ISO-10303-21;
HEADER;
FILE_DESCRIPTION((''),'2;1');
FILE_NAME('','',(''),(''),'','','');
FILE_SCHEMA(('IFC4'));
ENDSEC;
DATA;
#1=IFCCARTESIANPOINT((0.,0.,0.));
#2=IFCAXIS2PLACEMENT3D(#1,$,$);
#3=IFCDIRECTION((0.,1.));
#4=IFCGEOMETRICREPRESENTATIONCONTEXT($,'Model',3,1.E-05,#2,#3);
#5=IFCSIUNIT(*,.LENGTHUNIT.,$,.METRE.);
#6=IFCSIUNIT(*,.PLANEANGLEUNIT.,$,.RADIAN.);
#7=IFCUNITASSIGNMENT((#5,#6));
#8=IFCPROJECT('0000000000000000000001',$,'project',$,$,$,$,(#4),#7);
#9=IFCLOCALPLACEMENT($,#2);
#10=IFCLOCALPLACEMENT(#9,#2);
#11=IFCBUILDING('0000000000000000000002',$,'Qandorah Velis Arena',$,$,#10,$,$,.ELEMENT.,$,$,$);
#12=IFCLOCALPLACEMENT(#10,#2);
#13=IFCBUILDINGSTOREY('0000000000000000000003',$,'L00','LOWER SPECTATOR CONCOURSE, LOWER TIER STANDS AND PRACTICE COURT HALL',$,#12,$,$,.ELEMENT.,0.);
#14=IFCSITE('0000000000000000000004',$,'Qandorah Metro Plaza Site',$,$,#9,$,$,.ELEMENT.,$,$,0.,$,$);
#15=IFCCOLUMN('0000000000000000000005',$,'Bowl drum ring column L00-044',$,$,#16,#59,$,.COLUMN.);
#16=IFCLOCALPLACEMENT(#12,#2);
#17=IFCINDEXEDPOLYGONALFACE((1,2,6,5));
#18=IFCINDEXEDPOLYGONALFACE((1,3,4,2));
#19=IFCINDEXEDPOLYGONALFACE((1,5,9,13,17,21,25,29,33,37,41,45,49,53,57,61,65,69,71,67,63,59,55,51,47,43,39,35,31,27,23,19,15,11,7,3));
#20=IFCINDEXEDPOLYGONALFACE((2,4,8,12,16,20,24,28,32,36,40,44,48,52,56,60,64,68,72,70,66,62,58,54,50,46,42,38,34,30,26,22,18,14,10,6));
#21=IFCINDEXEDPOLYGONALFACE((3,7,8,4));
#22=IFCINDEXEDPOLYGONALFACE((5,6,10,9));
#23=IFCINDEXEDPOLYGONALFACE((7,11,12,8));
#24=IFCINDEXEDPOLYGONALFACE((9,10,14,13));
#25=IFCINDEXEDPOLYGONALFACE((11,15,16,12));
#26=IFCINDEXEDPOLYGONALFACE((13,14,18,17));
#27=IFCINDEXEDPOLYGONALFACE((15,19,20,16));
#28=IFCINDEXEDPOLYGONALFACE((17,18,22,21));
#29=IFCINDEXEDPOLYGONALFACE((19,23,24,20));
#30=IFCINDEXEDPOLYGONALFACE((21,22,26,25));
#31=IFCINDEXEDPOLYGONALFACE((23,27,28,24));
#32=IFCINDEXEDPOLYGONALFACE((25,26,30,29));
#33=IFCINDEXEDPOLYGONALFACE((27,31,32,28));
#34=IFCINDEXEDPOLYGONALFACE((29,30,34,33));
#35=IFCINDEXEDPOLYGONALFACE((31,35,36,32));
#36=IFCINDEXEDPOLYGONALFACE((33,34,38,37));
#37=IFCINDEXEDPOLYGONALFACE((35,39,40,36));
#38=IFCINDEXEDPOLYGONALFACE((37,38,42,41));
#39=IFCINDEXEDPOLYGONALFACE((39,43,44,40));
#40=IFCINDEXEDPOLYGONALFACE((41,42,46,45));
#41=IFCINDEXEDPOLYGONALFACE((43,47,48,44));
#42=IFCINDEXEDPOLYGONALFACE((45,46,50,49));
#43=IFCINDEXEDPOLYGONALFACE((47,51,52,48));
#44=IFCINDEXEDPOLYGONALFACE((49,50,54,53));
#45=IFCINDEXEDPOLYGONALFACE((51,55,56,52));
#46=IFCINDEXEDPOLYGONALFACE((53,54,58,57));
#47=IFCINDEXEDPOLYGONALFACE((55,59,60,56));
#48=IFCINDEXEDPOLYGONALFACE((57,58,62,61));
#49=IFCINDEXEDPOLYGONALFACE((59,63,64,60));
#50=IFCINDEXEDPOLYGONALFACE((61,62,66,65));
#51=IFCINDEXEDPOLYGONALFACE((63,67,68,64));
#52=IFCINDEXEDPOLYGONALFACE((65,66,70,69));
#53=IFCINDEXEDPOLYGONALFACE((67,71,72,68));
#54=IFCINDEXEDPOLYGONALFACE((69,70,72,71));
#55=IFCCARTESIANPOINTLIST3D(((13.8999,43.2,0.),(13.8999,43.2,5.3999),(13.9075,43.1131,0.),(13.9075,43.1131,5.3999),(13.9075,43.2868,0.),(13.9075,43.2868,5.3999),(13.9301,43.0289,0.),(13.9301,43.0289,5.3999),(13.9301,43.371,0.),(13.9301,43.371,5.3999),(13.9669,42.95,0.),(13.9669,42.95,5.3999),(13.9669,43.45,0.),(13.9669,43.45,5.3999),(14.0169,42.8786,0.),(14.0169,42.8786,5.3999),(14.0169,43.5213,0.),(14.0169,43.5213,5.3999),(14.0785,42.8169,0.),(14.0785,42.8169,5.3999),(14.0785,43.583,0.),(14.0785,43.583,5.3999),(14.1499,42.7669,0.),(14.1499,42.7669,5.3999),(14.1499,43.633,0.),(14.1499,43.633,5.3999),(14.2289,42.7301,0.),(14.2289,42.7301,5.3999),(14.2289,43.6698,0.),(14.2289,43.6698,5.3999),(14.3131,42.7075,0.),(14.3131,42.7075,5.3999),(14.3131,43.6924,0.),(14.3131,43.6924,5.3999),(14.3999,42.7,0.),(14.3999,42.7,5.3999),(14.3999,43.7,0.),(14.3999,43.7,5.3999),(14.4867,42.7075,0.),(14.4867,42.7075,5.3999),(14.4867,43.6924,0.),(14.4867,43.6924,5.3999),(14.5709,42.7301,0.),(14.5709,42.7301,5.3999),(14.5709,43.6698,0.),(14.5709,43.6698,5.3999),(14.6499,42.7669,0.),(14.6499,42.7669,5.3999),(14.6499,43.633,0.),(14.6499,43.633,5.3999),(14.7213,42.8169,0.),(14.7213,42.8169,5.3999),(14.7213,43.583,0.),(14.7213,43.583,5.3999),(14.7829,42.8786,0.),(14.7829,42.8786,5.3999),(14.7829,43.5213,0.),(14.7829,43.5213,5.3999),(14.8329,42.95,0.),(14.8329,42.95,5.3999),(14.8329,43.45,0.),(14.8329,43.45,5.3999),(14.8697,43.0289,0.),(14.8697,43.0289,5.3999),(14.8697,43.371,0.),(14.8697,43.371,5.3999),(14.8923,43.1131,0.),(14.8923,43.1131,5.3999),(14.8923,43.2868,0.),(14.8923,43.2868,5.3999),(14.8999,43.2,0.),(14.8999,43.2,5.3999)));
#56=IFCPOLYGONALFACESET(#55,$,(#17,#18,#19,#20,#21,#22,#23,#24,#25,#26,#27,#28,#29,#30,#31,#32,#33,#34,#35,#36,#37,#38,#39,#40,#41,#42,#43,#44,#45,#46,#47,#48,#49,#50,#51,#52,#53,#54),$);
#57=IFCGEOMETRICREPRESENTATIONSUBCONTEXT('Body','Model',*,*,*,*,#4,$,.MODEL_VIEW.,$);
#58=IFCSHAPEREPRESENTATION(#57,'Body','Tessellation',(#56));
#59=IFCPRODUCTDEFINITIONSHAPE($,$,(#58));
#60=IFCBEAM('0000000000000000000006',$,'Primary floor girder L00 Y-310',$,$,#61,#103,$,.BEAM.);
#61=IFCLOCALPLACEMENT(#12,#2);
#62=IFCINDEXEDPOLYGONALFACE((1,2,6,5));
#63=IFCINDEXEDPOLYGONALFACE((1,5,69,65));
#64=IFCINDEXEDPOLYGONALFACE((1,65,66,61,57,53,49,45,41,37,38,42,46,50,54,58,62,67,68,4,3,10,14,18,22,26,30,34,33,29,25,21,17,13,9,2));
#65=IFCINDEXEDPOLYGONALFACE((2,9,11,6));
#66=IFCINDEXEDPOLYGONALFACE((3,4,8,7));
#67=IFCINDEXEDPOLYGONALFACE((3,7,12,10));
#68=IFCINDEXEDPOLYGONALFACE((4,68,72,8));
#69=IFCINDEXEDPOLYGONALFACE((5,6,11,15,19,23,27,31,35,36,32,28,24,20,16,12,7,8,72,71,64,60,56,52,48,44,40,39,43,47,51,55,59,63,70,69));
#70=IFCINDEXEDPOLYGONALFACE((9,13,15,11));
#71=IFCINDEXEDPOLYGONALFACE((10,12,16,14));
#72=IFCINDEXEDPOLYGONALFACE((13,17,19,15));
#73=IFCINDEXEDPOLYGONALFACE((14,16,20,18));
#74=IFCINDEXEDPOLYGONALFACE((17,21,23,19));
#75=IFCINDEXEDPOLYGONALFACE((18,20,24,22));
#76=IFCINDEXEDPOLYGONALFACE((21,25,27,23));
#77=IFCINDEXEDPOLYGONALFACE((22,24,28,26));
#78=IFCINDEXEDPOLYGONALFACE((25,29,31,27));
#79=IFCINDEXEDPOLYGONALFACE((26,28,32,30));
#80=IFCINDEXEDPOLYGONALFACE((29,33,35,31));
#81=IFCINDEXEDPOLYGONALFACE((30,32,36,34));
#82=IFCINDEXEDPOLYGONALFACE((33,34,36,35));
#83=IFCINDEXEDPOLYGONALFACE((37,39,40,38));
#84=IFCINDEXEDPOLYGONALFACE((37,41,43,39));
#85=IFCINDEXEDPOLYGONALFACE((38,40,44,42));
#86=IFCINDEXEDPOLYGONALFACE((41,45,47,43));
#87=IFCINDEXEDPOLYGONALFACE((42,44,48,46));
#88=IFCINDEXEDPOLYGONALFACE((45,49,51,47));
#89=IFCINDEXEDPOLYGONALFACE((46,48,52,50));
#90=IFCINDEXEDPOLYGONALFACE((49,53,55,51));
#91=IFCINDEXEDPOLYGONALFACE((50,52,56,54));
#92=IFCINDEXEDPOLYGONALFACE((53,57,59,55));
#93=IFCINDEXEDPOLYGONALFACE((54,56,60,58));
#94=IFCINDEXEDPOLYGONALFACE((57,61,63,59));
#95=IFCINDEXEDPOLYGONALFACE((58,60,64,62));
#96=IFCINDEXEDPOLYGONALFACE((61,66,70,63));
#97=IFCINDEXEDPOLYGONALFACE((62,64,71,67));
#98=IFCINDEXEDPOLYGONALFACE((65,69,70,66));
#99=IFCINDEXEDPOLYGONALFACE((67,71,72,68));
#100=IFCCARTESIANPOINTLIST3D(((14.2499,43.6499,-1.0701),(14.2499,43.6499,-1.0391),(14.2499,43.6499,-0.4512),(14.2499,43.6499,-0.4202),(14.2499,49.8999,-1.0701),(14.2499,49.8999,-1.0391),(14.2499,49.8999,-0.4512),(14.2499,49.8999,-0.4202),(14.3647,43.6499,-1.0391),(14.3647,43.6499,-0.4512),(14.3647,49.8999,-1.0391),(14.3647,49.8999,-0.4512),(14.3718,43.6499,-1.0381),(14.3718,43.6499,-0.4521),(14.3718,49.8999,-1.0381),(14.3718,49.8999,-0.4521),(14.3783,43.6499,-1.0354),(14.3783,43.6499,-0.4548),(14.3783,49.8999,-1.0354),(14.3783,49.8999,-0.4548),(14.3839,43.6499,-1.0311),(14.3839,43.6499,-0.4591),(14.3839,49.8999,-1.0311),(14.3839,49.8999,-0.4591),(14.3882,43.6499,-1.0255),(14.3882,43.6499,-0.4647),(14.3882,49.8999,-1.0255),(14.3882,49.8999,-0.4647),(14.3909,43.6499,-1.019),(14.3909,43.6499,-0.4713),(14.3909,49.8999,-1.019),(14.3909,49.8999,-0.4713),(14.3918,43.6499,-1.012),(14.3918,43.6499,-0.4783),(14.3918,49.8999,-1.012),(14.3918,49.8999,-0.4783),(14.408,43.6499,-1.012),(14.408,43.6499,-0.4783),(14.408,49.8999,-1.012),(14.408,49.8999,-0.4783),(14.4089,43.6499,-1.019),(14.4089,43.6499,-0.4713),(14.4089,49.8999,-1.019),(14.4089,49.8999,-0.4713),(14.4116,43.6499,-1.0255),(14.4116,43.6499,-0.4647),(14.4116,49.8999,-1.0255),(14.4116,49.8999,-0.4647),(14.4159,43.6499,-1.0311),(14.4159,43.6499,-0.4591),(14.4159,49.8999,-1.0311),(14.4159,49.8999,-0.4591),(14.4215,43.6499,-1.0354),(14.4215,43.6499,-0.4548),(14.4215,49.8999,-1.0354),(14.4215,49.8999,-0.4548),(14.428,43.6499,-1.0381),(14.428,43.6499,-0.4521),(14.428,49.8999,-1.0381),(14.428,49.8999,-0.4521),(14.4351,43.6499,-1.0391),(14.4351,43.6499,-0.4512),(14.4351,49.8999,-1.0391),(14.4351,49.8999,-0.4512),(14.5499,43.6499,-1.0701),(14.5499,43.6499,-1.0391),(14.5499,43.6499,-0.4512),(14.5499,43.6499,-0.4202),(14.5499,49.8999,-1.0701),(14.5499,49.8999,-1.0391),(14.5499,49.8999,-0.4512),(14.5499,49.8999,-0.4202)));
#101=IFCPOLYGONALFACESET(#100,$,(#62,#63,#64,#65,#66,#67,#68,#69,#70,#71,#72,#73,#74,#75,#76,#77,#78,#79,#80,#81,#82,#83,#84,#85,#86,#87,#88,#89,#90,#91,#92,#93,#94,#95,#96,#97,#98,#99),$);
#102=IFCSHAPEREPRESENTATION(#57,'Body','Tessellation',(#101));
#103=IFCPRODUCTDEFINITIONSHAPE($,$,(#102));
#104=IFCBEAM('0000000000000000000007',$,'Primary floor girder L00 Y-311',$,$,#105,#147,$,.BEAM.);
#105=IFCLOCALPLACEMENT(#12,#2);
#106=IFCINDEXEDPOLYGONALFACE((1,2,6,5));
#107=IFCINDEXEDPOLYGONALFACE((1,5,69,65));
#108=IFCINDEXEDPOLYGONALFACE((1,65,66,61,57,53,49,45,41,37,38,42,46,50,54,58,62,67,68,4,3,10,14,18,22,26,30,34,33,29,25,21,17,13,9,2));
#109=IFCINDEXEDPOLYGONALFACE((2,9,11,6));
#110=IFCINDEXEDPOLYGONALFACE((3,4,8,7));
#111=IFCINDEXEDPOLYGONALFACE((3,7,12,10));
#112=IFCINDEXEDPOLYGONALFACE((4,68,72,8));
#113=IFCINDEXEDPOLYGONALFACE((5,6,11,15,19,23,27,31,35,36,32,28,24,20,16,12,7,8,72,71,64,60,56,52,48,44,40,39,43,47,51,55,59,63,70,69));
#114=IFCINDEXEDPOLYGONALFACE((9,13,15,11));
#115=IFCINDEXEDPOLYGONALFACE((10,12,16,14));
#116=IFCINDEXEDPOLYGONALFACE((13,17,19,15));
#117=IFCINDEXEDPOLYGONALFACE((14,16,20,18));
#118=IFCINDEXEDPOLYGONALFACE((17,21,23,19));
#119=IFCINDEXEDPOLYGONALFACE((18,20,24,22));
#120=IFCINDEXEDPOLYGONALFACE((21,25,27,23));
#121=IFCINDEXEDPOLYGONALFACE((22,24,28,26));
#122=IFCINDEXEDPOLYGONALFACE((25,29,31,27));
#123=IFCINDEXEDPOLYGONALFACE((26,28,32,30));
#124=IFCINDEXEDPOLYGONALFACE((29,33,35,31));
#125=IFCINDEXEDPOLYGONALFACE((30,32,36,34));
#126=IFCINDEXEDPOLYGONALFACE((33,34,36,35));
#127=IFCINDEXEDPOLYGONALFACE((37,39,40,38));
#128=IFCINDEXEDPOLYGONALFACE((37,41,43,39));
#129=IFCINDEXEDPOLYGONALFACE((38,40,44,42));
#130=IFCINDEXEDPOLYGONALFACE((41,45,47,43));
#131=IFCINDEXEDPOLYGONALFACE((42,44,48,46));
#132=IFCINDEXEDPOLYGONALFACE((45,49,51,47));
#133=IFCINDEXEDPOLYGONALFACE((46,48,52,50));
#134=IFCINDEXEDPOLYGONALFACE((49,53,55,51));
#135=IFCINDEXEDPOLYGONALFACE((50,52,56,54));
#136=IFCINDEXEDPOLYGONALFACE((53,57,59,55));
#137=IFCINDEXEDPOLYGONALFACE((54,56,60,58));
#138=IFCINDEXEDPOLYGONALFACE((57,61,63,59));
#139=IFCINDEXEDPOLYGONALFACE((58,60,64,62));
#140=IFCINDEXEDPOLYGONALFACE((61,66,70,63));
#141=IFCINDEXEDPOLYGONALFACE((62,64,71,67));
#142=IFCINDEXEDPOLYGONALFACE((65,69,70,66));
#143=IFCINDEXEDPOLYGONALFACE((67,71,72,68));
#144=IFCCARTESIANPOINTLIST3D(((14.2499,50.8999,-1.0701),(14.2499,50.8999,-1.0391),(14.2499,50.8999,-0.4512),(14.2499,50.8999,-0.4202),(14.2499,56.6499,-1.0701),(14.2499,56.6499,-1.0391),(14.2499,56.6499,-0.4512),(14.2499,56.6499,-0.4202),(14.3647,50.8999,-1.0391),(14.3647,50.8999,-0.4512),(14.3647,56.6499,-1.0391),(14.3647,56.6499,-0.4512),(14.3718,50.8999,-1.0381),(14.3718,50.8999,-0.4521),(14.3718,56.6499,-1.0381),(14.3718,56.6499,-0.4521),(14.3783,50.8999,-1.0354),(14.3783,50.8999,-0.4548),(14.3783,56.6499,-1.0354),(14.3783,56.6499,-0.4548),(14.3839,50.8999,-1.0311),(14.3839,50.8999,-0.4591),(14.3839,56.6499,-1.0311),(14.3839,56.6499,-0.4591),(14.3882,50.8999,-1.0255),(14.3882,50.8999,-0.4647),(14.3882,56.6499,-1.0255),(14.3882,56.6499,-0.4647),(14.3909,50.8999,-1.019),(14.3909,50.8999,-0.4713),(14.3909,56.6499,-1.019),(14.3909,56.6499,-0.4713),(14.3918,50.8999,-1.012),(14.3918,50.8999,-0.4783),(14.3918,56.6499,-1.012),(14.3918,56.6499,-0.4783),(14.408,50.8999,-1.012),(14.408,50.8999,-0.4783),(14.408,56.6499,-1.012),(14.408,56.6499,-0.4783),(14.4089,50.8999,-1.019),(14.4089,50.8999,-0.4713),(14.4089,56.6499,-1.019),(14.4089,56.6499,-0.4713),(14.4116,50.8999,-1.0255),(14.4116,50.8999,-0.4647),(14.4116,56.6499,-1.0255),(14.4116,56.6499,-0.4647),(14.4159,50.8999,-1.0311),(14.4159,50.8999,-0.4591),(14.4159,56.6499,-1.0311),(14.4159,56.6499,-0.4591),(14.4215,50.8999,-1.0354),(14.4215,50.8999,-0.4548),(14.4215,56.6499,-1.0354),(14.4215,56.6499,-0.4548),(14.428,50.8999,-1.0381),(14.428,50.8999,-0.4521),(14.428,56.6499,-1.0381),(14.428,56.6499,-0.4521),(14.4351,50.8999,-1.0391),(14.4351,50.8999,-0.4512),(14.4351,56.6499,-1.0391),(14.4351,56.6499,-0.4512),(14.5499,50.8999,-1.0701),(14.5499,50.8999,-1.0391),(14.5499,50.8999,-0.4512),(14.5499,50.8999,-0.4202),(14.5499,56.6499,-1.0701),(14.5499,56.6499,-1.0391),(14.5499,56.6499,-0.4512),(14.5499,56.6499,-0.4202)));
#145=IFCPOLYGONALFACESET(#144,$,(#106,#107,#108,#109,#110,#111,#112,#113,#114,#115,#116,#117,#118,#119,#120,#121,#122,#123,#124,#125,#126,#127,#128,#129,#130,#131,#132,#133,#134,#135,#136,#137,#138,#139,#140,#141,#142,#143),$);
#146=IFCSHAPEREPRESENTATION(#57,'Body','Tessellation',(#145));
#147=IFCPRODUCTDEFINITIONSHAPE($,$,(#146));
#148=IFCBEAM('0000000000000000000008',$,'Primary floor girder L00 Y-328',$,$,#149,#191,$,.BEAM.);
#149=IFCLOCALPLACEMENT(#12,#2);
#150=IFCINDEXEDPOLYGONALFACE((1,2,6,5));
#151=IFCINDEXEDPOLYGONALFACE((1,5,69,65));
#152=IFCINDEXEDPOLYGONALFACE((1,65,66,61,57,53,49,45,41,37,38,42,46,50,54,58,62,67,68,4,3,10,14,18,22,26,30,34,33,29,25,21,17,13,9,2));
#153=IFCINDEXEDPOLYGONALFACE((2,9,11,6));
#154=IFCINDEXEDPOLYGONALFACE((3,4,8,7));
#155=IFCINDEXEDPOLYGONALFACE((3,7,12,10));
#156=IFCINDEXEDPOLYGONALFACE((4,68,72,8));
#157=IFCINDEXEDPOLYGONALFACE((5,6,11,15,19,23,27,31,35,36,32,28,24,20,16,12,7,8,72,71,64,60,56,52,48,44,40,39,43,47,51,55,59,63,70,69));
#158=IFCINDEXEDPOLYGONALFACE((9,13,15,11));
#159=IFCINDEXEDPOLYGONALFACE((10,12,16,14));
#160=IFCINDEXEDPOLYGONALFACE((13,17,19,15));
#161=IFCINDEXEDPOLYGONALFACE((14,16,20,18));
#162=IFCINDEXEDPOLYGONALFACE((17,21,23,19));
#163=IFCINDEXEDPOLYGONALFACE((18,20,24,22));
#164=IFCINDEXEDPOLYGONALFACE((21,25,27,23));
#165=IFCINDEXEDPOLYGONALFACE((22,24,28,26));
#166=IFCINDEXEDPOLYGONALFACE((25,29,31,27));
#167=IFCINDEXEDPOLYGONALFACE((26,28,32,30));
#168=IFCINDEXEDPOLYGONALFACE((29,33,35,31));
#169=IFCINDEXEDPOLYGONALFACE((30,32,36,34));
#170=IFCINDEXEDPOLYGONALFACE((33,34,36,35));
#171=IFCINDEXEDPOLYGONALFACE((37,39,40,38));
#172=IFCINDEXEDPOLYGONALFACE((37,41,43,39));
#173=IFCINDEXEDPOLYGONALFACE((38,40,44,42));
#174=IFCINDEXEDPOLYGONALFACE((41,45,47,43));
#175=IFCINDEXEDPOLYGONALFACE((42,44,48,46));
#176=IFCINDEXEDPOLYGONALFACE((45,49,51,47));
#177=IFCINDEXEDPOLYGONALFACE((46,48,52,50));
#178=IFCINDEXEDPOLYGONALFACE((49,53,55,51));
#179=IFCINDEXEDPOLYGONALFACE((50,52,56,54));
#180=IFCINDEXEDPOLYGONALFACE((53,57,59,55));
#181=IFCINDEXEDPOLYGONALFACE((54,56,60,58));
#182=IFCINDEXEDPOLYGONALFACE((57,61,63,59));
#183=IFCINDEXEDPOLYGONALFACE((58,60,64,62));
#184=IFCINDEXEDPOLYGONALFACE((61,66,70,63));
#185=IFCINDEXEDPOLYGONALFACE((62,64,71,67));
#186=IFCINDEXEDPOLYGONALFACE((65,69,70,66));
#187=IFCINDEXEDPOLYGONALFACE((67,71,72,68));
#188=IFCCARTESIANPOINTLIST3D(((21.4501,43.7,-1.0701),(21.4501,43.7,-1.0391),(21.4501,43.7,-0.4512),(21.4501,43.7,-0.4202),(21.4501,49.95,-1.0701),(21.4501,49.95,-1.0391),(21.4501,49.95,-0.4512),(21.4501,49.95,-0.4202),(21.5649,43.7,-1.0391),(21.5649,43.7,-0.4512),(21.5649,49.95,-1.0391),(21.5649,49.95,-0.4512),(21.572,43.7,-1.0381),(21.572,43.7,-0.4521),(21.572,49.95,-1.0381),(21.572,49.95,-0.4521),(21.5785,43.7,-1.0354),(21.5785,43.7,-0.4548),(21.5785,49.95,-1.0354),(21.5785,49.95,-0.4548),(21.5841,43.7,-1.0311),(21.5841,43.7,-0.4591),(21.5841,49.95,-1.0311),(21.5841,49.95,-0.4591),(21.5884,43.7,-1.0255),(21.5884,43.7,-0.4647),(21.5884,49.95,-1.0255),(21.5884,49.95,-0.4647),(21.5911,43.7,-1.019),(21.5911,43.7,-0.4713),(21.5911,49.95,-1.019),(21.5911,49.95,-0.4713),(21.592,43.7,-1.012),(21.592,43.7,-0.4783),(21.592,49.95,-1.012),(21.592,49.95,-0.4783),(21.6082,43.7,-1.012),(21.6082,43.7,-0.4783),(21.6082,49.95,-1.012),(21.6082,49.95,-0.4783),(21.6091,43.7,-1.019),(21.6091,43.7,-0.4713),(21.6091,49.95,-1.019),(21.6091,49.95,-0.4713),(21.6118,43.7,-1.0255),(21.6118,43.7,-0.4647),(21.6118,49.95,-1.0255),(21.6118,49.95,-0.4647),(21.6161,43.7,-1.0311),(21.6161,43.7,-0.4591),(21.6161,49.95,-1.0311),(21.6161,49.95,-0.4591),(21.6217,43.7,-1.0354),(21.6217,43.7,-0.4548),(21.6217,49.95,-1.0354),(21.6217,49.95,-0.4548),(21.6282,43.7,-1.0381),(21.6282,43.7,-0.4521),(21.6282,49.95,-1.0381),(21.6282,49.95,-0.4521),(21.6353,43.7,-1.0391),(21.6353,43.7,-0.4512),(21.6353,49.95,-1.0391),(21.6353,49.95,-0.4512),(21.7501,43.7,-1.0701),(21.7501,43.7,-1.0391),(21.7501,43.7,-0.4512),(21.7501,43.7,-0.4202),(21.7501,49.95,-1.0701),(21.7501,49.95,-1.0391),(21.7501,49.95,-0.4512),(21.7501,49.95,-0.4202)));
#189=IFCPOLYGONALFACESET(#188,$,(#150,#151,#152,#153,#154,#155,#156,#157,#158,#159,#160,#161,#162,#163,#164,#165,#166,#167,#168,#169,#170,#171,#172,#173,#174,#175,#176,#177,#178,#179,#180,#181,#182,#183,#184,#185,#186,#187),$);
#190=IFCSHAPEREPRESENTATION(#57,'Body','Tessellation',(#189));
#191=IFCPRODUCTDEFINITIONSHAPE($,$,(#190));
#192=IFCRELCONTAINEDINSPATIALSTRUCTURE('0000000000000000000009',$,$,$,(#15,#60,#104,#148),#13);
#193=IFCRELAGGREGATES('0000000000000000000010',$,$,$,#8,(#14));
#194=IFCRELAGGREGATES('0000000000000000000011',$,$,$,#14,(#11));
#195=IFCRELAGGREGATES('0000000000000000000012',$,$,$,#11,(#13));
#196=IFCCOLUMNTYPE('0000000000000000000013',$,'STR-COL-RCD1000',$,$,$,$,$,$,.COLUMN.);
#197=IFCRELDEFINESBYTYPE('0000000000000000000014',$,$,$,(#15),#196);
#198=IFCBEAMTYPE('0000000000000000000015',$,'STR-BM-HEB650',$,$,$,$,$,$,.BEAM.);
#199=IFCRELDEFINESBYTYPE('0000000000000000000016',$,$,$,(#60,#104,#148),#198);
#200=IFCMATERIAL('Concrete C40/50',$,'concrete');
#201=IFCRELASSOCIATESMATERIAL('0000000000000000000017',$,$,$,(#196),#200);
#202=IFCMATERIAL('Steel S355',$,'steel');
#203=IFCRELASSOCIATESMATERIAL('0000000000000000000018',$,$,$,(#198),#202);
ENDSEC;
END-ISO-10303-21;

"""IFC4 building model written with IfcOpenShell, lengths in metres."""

from ifc_helpers import new_model, si_unit, direction, frame, origin, origin_2d, place, context, subcontext, project, spatial, circle, i_section, extrude, material, material_profile, profile_set, type_object, element, save


model = new_model("IFC4")

# Units and contexts
model_context = context("Model", 3, precision=1e-05, world=origin(), true_north=direction((0.0, 1.0)))
body_context = subcontext(model_context, "Body", "Model", "MODEL_VIEW")
ifc_project = project(units=[si_unit("LENGTHUNIT", "METRE"), si_unit("PLANEANGLEUNIT", "RADIAN")], contexts=[model_context])

# Site, building, storey
site_placement = place(None, origin())
site = spatial("IfcSite", under=ifc_project, at=site_placement, Name="Qandorah Metro Plaza Site", CompositionType="ELEMENT", RefElevation=0.0)
building_placement = place(site_placement, origin())
building = spatial("IfcBuilding", under=site, at=building_placement, Name="Qandorah Velis Arena", CompositionType="ELEMENT")
storey_placement = place(building_placement, origin())
storey = spatial("IfcBuildingStorey", under=building, at=storey_placement, Name="L00", Description="LOWER SPECTATOR CONCOURSE, LOWER TIER STANDS AND PRACTICE COURT HALL", CompositionType="ELEMENT", Elevation=0.0)

# Column
ifc_material_1 = material(Name="Concrete C40/50", Category="concrete")
ifc_material_profile_1 = material_profile(ifc_material_1, circle(Radius=0.5, at=origin_2d()), Name="RC D1000")
ifc_profile_set_1 = profile_set([ifc_material_profile_1], Name="Concrete C40/50")
column_type_1 = type_object("IfcColumnType", Name="STR-COL-RCD1000", PredefinedType="COLUMN", material=ifc_profile_set_1)
column_1_placement = place(storey_placement, frame((14.3999, 43.2, 0.0), z_axis=(0.0, 0.0, 1.0), x_axis=(1.0, 0.0, 0.0)))
element("IfcColumn", 1, at=column_1_placement, inside=storey, type_object=column_type_1, Name="Bowl drum ring column L00-044", PredefinedType="COLUMN", context=body_context, shape_type="SweptSolid", body=[
    extrude(circle(Radius=0.5, at=origin_2d()), origin(), (0.0, 0.0, 1.0), 5.3999),
])

# Beams
ifc_material_2 = material(Name="Steel S355", Category="steel")
ifc_material_profile_2 = material_profile(ifc_material_2, i_section(OverallWidth=0.3, OverallDepth=0.6499, WebThickness=0.0161, FlangeThickness=0.031, FilletRadius=0.0271, at=origin_2d()), Name="HEB 650")
ifc_profile_set_2 = profile_set([ifc_material_profile_2], Name="Steel S355")
beam_type_1 = type_object("IfcBeamType", Name="STR-BM-HEB650", PredefinedType="BEAM", material=ifc_profile_set_2)
beam_1_placement = place(storey_placement, frame((14.3999, 43.6499, -0.7451), z_axis=(0.0, 1.0, 0.0), x_axis=(-1.0, 0.0, 0.0)))
element("IfcBeam", 2, at=beam_1_placement, inside=storey, type_object=beam_type_1, Name="Primary floor girder L00 Y-310", PredefinedType="BEAM", context=body_context, shape_type="SweptSolid", body=[
    extrude(i_section(OverallWidth=0.3, OverallDepth=0.6499, WebThickness=0.0161, FlangeThickness=0.031, FilletRadius=0.0271, at=origin_2d()), origin(), (0.0, 0.0, 1.0), 6.25),
])
beam_2_placement = place(storey_placement, frame((14.3999, 50.8999, -0.7451), z_axis=(0.0, 1.0, 0.0), x_axis=(-1.0, 0.0, 0.0)))
element("IfcBeam", 3, at=beam_2_placement, inside=storey, type_object=beam_type_1, Name="Primary floor girder L00 Y-311", PredefinedType="BEAM", context=body_context, shape_type="SweptSolid", body=[
    extrude(i_section(OverallWidth=0.3, OverallDepth=0.6499, WebThickness=0.0161, FlangeThickness=0.031, FilletRadius=0.0271, at=origin_2d()), origin(), (0.0, 0.0, 1.0), 5.75),
])
beam_3_placement = place(storey_placement, frame((21.6001, 43.7, -0.7451), z_axis=(0.0, 1.0, 0.0), x_axis=(-1.0, 0.0, 0.0)))
element("IfcBeam", 4, at=beam_3_placement, inside=storey, type_object=beam_type_1, Name="Primary floor girder L00 Y-328", PredefinedType="BEAM", context=body_context, shape_type="SweptSolid", body=[
    extrude(i_section(OverallWidth=0.3, OverallDepth=0.6499, WebThickness=0.0161, FlangeThickness=0.031, FilletRadius=0.0271, at=origin_2d()), origin(), (0.0, 0.0, 1.0), 6.25),
])

save(model, "model.ifc")
